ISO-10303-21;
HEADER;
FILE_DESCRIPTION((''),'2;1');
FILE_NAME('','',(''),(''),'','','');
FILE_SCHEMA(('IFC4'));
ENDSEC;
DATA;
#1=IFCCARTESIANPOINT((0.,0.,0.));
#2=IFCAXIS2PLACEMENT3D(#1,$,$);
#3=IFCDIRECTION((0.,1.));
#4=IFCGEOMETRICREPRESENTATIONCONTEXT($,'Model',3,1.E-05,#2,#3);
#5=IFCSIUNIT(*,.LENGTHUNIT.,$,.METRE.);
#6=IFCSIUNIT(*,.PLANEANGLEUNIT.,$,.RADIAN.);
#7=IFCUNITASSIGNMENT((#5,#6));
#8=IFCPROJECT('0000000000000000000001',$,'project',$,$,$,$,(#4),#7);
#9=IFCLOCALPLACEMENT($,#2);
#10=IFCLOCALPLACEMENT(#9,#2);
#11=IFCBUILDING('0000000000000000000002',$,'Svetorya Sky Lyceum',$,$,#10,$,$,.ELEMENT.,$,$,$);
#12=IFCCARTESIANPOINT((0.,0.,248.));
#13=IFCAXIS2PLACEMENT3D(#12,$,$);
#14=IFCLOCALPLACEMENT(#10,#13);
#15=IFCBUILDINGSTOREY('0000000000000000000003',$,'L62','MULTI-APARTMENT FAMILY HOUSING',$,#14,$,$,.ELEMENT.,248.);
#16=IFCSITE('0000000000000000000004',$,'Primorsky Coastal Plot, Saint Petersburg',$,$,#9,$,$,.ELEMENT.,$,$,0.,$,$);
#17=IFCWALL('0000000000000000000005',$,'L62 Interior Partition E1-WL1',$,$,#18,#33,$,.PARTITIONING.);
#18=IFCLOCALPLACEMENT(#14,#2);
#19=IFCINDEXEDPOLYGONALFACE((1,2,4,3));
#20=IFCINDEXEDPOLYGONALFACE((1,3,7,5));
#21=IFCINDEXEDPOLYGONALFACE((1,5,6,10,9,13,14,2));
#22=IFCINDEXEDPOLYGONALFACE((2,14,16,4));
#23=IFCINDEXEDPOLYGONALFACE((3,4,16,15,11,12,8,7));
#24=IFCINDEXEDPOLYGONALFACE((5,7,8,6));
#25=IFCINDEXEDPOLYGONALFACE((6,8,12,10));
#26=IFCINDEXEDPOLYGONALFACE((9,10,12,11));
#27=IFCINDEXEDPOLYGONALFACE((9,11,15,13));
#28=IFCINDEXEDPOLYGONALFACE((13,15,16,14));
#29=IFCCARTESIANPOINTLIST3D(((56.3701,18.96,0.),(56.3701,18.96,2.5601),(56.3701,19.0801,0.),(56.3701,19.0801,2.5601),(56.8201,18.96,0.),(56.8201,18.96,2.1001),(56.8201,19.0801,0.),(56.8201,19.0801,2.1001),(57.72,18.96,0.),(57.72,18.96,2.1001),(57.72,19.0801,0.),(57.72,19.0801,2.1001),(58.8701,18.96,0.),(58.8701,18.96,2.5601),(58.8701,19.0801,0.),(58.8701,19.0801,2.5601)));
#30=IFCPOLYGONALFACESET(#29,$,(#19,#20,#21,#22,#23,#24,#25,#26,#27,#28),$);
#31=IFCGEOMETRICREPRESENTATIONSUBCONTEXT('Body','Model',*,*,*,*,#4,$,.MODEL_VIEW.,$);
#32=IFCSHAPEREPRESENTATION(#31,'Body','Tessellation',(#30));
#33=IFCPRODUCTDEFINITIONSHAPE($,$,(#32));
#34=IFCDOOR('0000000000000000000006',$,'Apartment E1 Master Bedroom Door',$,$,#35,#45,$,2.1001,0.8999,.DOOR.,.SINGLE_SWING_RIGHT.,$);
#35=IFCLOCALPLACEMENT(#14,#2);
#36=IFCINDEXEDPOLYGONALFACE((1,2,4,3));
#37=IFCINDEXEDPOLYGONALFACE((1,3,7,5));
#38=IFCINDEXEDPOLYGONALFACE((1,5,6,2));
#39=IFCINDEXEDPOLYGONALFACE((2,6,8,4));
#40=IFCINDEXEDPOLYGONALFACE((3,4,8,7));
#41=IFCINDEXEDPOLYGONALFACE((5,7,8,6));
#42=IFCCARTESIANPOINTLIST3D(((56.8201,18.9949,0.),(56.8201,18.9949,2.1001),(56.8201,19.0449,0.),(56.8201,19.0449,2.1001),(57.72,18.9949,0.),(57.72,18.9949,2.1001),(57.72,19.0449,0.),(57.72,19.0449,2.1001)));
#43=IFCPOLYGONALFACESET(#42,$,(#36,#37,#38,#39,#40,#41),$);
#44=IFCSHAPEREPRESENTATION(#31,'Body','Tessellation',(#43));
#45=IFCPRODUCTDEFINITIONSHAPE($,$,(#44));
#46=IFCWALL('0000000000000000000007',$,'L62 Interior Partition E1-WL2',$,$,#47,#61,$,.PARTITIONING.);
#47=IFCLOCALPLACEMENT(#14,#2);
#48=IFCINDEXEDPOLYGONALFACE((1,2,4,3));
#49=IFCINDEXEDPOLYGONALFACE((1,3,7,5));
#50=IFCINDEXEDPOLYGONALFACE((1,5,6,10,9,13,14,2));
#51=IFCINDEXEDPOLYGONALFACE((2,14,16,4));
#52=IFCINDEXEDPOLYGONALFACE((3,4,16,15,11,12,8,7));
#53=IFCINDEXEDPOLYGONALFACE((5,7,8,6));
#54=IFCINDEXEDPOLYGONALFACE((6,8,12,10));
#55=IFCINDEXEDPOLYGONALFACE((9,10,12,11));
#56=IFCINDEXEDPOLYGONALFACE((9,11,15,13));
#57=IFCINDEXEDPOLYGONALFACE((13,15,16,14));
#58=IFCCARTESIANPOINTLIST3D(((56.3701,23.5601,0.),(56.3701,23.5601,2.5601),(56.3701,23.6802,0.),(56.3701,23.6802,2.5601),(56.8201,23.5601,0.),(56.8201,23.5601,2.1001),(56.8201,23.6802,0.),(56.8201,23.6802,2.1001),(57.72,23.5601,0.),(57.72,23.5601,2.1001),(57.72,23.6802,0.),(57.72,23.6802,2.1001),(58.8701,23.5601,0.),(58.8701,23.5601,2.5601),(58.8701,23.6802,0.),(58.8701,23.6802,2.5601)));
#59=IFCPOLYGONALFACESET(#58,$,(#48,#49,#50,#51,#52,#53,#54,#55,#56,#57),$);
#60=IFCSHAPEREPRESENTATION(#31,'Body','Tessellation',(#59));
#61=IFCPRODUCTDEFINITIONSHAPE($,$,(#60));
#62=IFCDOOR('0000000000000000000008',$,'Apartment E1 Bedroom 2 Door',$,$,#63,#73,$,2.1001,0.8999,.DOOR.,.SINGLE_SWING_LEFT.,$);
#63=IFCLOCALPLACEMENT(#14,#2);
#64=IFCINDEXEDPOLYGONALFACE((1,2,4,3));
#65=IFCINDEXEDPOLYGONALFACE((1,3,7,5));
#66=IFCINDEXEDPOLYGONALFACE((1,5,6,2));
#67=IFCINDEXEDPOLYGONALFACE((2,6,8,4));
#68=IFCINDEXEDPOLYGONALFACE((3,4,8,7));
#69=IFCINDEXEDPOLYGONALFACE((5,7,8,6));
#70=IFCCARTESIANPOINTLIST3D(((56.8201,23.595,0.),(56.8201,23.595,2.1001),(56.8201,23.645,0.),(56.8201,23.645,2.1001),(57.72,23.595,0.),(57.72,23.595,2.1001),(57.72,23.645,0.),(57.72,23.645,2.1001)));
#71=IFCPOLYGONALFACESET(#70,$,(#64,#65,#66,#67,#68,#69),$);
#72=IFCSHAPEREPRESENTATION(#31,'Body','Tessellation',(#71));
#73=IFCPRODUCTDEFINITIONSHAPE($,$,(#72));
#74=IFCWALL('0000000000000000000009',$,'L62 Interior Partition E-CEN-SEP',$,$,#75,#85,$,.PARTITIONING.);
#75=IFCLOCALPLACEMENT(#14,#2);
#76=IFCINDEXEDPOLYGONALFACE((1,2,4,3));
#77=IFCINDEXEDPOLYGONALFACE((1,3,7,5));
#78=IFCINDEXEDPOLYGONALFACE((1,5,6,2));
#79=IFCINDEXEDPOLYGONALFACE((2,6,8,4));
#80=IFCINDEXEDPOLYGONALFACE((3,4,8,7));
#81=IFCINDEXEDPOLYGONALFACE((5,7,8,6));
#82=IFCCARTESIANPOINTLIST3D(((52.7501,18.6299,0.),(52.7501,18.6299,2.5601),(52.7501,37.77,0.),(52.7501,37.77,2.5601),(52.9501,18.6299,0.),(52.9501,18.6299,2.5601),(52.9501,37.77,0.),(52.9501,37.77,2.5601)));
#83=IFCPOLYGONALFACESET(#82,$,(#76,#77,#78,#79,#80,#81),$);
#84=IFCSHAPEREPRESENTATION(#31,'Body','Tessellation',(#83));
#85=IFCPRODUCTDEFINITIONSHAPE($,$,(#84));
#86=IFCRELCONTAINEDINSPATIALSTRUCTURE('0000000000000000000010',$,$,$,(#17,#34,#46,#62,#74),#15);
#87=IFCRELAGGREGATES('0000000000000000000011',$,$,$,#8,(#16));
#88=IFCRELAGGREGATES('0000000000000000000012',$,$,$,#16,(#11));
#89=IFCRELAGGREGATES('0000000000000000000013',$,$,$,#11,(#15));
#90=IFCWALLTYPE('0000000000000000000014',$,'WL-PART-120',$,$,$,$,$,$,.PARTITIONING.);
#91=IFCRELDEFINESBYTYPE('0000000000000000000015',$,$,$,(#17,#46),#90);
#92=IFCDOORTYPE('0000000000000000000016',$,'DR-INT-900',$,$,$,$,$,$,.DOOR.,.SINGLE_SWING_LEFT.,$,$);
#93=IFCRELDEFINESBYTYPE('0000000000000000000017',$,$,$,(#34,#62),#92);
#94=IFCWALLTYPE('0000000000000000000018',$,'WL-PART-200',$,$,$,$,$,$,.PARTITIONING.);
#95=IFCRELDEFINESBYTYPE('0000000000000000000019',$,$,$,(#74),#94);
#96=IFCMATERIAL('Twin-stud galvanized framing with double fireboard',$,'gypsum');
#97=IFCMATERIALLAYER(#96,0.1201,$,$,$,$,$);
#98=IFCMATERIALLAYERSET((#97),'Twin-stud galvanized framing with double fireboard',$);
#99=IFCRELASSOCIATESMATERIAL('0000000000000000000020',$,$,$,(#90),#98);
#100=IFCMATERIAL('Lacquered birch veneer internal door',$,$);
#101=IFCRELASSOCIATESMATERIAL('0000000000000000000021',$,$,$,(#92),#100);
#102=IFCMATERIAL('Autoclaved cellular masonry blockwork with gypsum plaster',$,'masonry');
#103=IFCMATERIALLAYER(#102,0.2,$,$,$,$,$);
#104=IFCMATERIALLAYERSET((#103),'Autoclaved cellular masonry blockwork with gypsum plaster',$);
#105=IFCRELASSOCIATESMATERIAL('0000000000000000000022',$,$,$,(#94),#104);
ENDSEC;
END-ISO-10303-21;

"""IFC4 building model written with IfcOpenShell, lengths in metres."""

from ifc_helpers import new_model, si_unit, direction, frame, frame_2d, origin, place, context, subcontext, project, spatial, rectangle, extrude, material, layer, layer_set, type_object, element, fill, save


model = new_model("IFC4")

# Units and contexts
model_context = context("Model", 3, precision=1e-05, world=origin(), true_north=direction((0.0, 1.0)))
body_context = subcontext(model_context, "Body", "Model", "MODEL_VIEW")
ifc_project = project(units=[si_unit("LENGTHUNIT", "METRE"), si_unit("PLANEANGLEUNIT", "RADIAN")], contexts=[model_context])

# Site, building, storey
site_placement = place(None, origin())
site = spatial("IfcSite", under=ifc_project, at=site_placement, Name="Primorsky Coastal Plot, Saint Petersburg", CompositionType="ELEMENT", RefElevation=0.0)
building_placement = place(site_placement, origin())
building = spatial("IfcBuilding", under=site, at=building_placement, Name="Svetorya Sky Lyceum", CompositionType="ELEMENT")
storey_placement = place(building_placement, frame((0.0, 0.0, 248.0)))
storey = spatial("IfcBuildingStorey", under=building, at=storey_placement, Name="L62", Description="MULTI-APARTMENT FAMILY HOUSING", CompositionType="ELEMENT", Elevation=248.0)

# Shared definitions
ifc_material_1 = material(Name="Twin-stud galvanized framing with double fireboard", Category="gypsum")
ifc_layer_1 = layer(ifc_material_1, 0.1201)
ifc_layer_set_1 = layer_set([ifc_layer_1], Name="Twin-stud galvanized framing with double fireboard")
wall_type_1 = type_object("IfcWallType", Name="WL-PART-120", PredefinedType="PARTITIONING", material=ifc_layer_set_1)

# Walls, openings, doors
wall_1_placement = place(storey_placement, frame((56.3701, 19.02, 0.0), z_axis=(0.0, 0.0, 1.0), x_axis=(1.0, 0.0, 0.0)))
wall_1 = element("IfcWall", 1, at=wall_1_placement, inside=storey, type_object=wall_type_1, Name="L62 Interior Partition E1-WL1", PredefinedType="PARTITIONING", context=body_context, shape_type="SweptSolid", body=[
    extrude(rectangle(XDim=2.5, YDim=0.1201, at=frame_2d((1.25, 0.0))), origin(), (0.0, 0.0, 1.0), 2.5601),
])
opening_1_placement = place(wall_1_placement, frame((0.45, 0.0, 0.0)))
opening_1 = element("IfcOpeningElement", 2, at=opening_1_placement, cuts=wall_1, PredefinedType="OPENING", context=body_context, shape_type="SweptSolid", body=[
    extrude(rectangle(XDim=0.8999, YDim=2.1001, at=frame_2d((0.45, 1.05))), frame((0.0, 0.0701, 0.0), z_axis=(0.0, -1.0, 0.0), x_axis=(1.0, 0.0, 0.0)), (0.0, 0.0, 1.0), 0.1401),
])
ifc_material_2 = material(Name="Lacquered birch veneer internal door")
door_type = type_object("IfcDoorType", Name="DR-INT-900", OperationType="SINGLE_SWING_LEFT", PredefinedType="DOOR", material=ifc_material_2)
door_1_placement = place(opening_1_placement, origin())
door_1 = element("IfcDoor", 3, at=door_1_placement, inside=storey, type_object=door_type, Name="Apartment E1 Master Bedroom Door", OperationType="SINGLE_SWING_RIGHT", OverallHeight=2.1001, OverallWidth=0.8999, PredefinedType="DOOR", context=body_context, shape_type="SweptSolid", body=[
    extrude(rectangle(XDim=0.8999, YDim=2.1001, at=frame_2d((0.45, 1.05))), frame((0.0, 0.0249, 0.0), z_axis=(0.0, -1.0, 0.0), x_axis=(1.0, 0.0, 0.0)), (0.0, 0.0, 1.0), 0.05),
])
fill(opening_1, door_1)
wall_2_placement = place(storey_placement, frame((56.3701, 23.6201, 0.0), z_axis=(0.0, 0.0, 1.0), x_axis=(1.0, 0.0, 0.0)))
wall_2 = element("IfcWall", 4, at=wall_2_placement, inside=storey, type_object=wall_type_1, Name="L62 Interior Partition E1-WL2", PredefinedType="PARTITIONING", context=body_context, shape_type="SweptSolid", body=[
    extrude(rectangle(XDim=2.5, YDim=0.1201, at=frame_2d((1.25, 0.0))), origin(), (0.0, 0.0, 1.0), 2.5601),
])
opening_2_placement = place(wall_2_placement, frame((0.45, 0.0, 0.0)))
opening_2 = element("IfcOpeningElement", 5, at=opening_2_placement, cuts=wall_2, PredefinedType="OPENING", context=body_context, shape_type="SweptSolid", body=[
    extrude(rectangle(XDim=0.8999, YDim=2.1001, at=frame_2d((0.45, 1.05))), frame((0.0, 0.0701, 0.0), z_axis=(0.0, -1.0, 0.0), x_axis=(1.0, 0.0, 0.0)), (0.0, 0.0, 1.0), 0.1401),
])
door_2_placement = place(opening_2_placement, origin())
door_2 = element("IfcDoor", 6, at=door_2_placement, inside=storey, type_object=door_type, Name="Apartment E1 Bedroom 2 Door", OperationType="SINGLE_SWING_LEFT", OverallHeight=2.1001, OverallWidth=0.8999, PredefinedType="DOOR", context=body_context, shape_type="SweptSolid", body=[
    extrude(rectangle(XDim=0.8999, YDim=2.1001, at=frame_2d((0.45, 1.05))), frame((0.0, 0.0249, 0.0), z_axis=(0.0, -1.0, 0.0), x_axis=(1.0, 0.0, 0.0)), (0.0, 0.0, 1.0), 0.05),
])
fill(opening_2, door_2)

# Wall
ifc_material_3 = material(Name="Autoclaved cellular masonry blockwork with gypsum plaster", Category="masonry")
ifc_layer_2 = layer(ifc_material_3, 0.2)
ifc_layer_set_2 = layer_set([ifc_layer_2], Name="Autoclaved cellular masonry blockwork with gypsum plaster")
wall_type_2 = type_object("IfcWallType", Name="WL-PART-200", PredefinedType="PARTITIONING", material=ifc_layer_set_2)
wall_3_placement = place(storey_placement, frame((52.8501, 18.6299, 0.0), z_axis=(0.0, 0.0, 1.0), x_axis=(0.0, 1.0, 0.0)))
element("IfcWall", 7, at=wall_3_placement, inside=storey, type_object=wall_type_2, Name="L62 Interior Partition E-CEN-SEP", PredefinedType="PARTITIONING", context=body_context, shape_type="SweptSolid", body=[
    extrude(rectangle(XDim=19.1401, YDim=0.2, at=frame_2d((9.5701, 0.0))), origin(), (0.0, 0.0, 1.0), 2.5601),
])

save(model, "model.ifc")
